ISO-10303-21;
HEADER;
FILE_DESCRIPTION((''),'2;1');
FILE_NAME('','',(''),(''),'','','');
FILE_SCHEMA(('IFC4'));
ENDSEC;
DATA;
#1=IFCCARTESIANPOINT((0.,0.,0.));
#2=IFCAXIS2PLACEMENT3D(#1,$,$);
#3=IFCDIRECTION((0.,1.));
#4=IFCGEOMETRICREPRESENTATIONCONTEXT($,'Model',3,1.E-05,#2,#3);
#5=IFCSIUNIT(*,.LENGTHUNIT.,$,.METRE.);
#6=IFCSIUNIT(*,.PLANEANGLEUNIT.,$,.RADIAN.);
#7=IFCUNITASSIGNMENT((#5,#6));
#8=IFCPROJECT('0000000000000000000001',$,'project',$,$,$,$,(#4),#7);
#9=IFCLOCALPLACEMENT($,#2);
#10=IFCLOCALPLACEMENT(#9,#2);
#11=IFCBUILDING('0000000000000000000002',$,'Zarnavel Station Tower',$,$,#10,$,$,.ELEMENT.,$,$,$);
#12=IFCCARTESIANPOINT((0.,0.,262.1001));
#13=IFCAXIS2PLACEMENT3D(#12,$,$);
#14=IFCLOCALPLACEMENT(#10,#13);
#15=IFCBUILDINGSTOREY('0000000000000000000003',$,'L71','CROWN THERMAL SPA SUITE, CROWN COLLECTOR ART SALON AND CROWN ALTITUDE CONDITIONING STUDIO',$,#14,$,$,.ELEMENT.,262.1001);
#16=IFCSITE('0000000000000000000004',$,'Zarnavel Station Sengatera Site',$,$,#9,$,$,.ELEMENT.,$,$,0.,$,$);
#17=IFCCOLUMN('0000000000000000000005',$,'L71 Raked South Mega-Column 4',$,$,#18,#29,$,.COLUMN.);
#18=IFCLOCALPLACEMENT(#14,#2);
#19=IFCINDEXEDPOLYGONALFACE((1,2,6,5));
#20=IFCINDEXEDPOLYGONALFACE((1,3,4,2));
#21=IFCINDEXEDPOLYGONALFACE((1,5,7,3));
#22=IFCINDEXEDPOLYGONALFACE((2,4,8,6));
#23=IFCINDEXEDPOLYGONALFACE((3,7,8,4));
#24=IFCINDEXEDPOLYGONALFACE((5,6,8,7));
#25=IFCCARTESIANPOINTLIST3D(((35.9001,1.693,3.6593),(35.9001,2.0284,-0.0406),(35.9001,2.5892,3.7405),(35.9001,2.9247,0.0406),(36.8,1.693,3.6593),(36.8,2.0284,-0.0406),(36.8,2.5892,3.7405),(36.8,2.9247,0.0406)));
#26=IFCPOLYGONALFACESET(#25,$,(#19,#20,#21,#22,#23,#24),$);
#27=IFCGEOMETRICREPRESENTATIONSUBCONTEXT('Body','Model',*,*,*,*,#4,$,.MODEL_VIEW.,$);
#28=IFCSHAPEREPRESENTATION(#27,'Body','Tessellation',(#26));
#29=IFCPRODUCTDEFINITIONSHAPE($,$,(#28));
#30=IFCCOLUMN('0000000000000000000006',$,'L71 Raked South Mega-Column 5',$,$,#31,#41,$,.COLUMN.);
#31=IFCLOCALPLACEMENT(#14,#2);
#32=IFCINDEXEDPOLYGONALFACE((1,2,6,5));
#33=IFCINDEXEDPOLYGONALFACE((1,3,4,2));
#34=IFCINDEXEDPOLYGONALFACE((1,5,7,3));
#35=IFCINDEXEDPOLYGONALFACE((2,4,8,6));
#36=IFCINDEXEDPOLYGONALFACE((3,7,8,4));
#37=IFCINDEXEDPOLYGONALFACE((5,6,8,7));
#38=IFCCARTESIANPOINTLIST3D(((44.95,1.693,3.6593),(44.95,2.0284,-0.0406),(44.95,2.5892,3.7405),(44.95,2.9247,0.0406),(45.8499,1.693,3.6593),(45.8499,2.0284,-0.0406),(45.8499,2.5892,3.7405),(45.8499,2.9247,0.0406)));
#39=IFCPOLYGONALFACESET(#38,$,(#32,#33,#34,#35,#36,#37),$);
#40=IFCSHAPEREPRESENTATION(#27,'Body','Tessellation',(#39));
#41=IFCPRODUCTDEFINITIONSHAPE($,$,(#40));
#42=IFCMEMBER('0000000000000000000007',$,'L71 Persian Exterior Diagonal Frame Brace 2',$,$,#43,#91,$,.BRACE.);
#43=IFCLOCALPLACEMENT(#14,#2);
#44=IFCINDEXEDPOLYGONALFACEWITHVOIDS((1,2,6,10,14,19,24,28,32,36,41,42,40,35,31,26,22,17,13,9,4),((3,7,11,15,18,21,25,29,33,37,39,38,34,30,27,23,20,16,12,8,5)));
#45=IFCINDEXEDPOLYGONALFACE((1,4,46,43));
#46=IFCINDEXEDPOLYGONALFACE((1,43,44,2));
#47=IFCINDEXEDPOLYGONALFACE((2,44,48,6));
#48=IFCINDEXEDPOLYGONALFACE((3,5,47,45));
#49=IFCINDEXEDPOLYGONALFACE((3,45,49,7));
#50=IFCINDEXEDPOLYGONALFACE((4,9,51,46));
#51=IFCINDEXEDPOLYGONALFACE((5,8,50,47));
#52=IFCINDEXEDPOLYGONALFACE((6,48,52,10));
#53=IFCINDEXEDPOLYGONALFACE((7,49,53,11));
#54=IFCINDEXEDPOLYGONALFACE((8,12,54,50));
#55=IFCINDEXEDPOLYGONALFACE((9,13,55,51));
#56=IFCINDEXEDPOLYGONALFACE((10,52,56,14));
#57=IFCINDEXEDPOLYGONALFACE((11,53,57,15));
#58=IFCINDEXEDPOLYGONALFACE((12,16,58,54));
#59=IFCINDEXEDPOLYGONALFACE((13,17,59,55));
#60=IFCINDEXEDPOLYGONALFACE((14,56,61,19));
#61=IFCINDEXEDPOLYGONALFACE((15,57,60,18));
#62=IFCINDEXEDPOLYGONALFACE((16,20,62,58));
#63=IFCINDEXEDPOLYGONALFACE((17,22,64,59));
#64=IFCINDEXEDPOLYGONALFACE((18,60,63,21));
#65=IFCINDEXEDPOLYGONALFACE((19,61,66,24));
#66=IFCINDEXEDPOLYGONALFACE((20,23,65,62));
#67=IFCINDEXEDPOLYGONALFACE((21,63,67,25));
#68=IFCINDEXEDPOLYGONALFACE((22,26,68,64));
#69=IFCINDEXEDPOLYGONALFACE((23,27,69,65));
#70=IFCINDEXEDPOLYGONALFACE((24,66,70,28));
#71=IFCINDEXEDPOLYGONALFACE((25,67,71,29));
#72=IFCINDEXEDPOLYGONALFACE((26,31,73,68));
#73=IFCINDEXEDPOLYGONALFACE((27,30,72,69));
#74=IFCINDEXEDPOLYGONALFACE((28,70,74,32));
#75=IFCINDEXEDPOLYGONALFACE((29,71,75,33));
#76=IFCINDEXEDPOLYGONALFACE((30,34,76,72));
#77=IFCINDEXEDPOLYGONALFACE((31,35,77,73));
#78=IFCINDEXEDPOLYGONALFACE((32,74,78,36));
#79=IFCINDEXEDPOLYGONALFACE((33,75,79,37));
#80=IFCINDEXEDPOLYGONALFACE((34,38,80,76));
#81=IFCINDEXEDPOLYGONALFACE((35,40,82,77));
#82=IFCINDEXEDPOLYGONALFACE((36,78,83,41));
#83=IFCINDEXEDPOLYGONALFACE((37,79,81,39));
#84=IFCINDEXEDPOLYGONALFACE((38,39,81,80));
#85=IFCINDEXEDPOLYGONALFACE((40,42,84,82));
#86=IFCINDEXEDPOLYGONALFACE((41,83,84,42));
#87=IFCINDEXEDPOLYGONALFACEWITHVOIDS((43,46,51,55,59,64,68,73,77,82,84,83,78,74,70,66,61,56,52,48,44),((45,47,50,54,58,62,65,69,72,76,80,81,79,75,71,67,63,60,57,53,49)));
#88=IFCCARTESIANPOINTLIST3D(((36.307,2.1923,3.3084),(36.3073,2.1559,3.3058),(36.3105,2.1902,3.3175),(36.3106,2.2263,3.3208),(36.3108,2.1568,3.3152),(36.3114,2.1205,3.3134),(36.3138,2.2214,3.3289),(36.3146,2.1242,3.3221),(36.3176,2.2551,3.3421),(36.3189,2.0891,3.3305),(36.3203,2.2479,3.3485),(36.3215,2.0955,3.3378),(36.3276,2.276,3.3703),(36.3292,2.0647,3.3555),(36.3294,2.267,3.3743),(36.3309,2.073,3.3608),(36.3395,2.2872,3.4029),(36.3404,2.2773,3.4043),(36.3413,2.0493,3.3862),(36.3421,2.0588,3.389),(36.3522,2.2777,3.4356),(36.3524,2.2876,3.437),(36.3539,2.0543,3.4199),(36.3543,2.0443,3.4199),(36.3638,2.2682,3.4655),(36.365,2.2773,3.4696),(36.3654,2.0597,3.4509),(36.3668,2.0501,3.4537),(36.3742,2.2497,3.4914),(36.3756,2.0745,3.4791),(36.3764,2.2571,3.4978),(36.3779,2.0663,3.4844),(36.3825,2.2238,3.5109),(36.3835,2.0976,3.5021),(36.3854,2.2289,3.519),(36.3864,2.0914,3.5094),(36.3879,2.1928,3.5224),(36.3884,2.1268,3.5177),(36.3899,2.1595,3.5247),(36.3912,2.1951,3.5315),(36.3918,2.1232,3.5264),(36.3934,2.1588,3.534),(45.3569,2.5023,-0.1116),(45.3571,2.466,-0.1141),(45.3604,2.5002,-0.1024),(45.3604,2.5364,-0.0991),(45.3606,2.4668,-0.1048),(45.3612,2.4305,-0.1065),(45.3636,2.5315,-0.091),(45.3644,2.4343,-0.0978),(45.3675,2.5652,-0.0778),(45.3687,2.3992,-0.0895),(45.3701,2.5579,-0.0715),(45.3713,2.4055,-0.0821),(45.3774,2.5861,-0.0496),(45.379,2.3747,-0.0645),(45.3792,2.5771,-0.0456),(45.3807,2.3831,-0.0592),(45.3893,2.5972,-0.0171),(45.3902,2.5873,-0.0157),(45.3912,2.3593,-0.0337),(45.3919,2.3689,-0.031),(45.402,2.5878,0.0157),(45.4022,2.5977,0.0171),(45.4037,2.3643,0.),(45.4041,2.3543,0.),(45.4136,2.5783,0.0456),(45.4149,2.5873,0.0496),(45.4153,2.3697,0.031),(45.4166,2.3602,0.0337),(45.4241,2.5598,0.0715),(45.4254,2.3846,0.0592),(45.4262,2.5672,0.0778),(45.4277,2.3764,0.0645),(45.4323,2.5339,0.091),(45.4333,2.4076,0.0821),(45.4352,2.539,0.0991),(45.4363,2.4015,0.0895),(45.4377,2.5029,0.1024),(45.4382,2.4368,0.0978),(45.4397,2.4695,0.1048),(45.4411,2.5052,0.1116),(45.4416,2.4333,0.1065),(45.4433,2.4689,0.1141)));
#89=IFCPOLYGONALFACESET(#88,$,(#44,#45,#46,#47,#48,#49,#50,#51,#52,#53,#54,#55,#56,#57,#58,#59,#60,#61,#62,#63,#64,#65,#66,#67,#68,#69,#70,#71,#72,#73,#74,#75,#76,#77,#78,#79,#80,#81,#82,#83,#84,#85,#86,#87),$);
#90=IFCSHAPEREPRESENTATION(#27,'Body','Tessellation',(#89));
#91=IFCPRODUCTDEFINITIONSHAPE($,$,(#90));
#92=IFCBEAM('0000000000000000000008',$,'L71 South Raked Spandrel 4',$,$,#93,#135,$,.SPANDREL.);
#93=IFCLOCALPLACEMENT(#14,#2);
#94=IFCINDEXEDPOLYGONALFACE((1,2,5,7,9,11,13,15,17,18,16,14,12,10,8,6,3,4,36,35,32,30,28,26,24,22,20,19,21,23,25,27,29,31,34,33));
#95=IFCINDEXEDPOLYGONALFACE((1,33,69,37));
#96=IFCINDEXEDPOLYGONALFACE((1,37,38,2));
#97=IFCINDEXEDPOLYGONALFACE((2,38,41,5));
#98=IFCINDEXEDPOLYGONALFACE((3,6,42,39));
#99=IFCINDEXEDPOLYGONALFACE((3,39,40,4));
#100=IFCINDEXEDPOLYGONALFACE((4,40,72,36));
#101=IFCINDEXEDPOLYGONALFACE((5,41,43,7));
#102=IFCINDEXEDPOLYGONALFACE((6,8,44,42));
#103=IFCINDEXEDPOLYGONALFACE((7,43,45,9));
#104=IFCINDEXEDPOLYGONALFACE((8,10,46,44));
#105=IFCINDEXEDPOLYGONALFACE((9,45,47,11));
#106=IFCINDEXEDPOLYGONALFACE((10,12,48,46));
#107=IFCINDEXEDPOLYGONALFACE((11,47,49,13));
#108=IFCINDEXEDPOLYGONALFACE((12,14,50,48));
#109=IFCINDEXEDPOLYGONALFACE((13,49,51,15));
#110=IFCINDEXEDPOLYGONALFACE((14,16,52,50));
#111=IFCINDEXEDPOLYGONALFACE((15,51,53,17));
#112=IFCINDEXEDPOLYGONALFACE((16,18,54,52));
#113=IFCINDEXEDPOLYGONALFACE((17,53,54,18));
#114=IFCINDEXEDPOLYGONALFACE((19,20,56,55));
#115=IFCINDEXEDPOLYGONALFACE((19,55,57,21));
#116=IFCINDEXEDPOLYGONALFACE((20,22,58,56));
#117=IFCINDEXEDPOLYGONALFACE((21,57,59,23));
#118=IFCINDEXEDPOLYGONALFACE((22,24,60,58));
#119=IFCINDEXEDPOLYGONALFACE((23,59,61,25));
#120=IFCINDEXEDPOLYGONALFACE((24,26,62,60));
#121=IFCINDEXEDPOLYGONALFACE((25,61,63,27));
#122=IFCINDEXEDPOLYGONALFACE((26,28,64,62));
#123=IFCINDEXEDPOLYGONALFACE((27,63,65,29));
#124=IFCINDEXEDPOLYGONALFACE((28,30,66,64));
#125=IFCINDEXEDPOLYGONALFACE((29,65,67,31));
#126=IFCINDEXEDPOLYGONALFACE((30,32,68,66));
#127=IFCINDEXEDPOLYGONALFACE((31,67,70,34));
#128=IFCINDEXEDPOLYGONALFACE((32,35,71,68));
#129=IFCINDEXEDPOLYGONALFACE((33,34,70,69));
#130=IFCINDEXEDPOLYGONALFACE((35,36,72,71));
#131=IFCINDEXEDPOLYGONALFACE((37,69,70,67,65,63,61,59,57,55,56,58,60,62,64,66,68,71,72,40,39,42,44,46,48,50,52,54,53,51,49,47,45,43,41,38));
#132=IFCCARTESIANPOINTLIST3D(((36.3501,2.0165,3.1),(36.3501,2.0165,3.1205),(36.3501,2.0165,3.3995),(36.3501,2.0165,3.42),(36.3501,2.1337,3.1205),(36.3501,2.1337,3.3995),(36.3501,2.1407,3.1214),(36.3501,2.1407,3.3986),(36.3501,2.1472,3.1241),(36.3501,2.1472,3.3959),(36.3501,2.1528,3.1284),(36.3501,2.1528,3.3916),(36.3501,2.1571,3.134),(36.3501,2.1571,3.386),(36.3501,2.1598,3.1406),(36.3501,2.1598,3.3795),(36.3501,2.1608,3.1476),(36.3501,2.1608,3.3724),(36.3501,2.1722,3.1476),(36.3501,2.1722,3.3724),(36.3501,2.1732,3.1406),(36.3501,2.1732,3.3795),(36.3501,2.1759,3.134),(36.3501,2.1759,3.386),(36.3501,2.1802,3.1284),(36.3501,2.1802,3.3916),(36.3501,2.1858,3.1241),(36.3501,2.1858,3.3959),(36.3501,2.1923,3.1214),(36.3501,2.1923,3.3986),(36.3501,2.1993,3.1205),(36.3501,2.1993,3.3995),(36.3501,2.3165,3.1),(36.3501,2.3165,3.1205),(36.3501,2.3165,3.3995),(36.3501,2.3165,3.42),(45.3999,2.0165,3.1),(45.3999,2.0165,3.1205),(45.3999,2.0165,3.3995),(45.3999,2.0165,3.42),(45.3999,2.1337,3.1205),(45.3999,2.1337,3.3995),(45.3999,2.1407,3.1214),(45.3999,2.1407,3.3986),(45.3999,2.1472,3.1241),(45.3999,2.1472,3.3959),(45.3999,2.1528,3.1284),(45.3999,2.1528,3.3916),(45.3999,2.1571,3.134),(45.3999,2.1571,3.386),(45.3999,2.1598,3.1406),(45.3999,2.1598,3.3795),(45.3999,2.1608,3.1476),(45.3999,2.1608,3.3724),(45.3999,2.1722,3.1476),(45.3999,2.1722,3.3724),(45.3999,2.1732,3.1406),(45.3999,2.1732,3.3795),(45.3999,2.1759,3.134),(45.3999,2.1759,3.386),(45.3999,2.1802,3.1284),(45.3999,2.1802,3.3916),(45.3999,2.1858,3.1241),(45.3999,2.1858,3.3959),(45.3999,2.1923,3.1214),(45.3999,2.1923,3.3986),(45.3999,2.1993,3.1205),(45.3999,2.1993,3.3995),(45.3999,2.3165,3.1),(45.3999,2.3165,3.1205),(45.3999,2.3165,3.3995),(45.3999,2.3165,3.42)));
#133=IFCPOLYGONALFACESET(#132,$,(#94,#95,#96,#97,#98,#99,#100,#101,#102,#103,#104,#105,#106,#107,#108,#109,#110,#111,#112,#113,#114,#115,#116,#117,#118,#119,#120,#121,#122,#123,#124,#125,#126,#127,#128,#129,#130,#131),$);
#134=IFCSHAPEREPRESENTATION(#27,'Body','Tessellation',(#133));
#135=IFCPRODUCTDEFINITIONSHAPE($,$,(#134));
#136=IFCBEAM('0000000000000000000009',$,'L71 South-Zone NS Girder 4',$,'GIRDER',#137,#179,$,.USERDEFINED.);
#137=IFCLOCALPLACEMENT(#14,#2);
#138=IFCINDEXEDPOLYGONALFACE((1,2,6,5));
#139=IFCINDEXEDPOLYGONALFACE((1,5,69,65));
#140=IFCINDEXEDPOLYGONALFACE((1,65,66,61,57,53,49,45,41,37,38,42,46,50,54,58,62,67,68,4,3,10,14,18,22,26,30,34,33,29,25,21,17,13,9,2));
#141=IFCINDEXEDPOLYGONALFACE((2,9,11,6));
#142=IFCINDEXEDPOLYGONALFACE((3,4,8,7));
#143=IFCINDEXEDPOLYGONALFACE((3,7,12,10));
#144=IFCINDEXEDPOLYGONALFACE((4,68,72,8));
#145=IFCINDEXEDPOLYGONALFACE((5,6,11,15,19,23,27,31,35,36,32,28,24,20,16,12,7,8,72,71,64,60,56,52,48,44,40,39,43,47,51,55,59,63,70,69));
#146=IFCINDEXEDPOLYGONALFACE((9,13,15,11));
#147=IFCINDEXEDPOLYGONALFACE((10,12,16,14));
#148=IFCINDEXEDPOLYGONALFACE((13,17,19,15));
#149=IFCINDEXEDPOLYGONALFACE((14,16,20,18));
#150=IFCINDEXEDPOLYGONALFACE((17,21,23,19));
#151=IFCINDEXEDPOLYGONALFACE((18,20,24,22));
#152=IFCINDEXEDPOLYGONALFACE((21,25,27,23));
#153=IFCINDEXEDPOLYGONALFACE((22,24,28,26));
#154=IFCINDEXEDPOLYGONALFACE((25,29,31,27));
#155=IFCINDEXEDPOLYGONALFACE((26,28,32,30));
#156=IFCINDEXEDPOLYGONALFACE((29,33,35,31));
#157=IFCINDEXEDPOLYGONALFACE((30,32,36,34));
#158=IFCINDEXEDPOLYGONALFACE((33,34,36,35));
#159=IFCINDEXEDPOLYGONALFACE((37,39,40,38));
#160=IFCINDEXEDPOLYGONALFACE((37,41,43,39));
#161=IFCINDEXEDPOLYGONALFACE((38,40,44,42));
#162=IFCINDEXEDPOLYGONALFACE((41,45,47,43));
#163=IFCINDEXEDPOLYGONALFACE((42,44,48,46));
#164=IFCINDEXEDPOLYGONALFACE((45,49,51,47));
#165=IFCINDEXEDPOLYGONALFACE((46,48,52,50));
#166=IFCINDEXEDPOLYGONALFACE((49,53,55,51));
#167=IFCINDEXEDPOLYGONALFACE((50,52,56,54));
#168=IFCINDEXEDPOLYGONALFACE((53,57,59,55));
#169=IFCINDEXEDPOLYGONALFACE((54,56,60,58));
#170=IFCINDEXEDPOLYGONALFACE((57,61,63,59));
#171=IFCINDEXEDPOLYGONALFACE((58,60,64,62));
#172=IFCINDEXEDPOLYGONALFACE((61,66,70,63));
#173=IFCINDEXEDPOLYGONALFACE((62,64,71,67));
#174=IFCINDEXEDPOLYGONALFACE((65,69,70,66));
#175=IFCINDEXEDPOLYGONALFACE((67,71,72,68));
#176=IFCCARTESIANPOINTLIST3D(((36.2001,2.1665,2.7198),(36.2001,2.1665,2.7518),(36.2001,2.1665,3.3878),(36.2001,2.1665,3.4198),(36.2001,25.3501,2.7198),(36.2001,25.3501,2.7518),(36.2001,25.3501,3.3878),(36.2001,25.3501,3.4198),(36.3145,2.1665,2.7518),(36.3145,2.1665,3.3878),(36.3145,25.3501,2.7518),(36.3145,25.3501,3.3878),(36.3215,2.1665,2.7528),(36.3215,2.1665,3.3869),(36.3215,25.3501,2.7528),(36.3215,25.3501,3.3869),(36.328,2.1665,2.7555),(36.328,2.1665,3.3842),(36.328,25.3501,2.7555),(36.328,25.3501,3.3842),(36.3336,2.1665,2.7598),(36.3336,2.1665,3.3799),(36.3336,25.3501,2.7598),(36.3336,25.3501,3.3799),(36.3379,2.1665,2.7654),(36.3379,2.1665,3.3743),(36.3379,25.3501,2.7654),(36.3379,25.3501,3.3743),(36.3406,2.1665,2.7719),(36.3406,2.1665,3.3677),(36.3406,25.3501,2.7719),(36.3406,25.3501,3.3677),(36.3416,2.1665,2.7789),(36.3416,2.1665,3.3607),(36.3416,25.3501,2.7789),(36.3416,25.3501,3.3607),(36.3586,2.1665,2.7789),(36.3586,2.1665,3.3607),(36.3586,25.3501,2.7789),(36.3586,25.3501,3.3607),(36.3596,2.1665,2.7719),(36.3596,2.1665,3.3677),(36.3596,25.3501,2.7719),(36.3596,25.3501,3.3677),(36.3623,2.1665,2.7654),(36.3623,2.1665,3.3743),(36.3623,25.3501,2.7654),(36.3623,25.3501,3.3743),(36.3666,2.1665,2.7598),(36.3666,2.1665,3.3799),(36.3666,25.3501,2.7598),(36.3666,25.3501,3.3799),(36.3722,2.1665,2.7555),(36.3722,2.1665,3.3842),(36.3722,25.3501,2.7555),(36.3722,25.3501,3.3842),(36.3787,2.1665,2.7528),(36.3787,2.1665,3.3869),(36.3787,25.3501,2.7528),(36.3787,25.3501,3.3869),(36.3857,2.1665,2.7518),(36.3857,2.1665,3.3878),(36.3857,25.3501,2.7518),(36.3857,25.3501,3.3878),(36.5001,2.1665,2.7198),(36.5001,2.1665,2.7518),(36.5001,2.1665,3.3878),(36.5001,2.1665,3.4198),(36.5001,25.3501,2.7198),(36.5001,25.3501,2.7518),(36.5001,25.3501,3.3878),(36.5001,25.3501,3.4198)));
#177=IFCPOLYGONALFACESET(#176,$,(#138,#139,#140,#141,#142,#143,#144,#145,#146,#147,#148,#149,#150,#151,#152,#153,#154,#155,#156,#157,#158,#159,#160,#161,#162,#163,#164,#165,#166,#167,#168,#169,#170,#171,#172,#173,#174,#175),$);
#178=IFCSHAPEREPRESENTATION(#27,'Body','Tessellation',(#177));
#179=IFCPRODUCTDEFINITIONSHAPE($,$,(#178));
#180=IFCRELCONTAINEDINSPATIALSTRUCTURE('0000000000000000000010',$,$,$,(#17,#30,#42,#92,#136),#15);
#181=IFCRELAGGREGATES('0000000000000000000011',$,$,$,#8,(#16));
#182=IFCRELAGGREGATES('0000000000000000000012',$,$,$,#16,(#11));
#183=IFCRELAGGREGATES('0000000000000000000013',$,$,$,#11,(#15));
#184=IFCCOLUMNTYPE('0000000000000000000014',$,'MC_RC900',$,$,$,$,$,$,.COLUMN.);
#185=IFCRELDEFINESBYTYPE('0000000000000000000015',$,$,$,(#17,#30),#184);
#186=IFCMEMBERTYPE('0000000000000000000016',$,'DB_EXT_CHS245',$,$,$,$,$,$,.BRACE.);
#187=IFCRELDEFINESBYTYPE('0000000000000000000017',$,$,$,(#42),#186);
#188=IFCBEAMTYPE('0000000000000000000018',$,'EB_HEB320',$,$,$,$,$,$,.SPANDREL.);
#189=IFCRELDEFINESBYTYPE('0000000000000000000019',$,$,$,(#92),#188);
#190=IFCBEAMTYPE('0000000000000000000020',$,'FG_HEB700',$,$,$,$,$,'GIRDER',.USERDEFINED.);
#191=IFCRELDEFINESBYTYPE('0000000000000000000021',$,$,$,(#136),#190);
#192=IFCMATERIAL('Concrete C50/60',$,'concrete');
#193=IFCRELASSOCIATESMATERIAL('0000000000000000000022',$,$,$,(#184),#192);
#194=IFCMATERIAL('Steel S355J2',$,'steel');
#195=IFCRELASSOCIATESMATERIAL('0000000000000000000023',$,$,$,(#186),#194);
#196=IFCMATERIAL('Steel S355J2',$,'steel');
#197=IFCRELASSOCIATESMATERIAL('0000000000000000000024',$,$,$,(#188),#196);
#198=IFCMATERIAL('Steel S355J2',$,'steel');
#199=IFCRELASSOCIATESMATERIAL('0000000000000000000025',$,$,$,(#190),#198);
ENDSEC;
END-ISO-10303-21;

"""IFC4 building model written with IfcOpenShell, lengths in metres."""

from ifc_helpers import new_model, si_unit, direction, frame, origin, origin_2d, place, context, subcontext, project, spatial, rectangle, hollow_circle, i_section, extrude, material, material_profile, profile_set, type_object, element, save


model = new_model("IFC4")

# Units and contexts
model_context = context("Model", 3, precision=1e-05, world=origin(), true_north=direction((0.0, 1.0)))
body_context = subcontext(model_context, "Body", "Model", "MODEL_VIEW")
ifc_project = project(units=[si_unit("LENGTHUNIT", "METRE"), si_unit("PLANEANGLEUNIT", "RADIAN")], contexts=[model_context])

# Site, building, storey
site_placement = place(None, origin())
site = spatial("IfcSite", under=ifc_project, at=site_placement, Name="Zarnavel Station Sengatera Site", CompositionType="ELEMENT", RefElevation=0.0)
building_placement = place(site_placement, origin())
building = spatial("IfcBuilding", under=site, at=building_placement, Name="Zarnavel Station Tower", CompositionType="ELEMENT")
storey_placement = place(building_placement, frame((0.0, 0.0, 262.1001)))
storey = spatial("IfcBuildingStorey", under=building, at=storey_placement, Name="L71", Description="CROWN THERMAL SPA SUITE, CROWN COLLECTOR ART SALON AND CROWN ALTITUDE CONDITIONING STUDIO", CompositionType="ELEMENT", Elevation=262.1001)

# Columns
ifc_material_1 = material(Name="Concrete C50/60", Category="concrete")
ifc_material_profile_1 = material_profile(ifc_material_1, rectangle(XDim=0.8999, YDim=0.8999, at=origin_2d()), Name="RC900x900")
ifc_profile_set_1 = profile_set([ifc_material_profile_1], Name="Concrete C50/60")
column_type = type_object("IfcColumnType", Name="MC_RC900", PredefinedType="COLUMN", material=ifc_profile_set_1)
for number, where, z_axis, x_axis, name in (
    (1, (36.3501, 2.4766, 0.0), (0.0, -0.090293, 0.995915), (1.0, 0.0, 0.0), "L71 Raked South Mega-Column 4"),
    (2, (45.3999, 2.4766, 0.0), (0.0, -0.090293, 0.995915), (1.0, 0.0, 0.0), "L71 Raked South Mega-Column 5"),
):
    element("IfcColumn", number, at=place(storey_placement, frame(where, z_axis=z_axis, x_axis=x_axis)), inside=storey, type_object=column_type, Name=name, PredefinedType="COLUMN", context=body_context, shape_type="SweptSolid", body=[
        extrude(rectangle(XDim=0.8999, YDim=0.8999, at=origin_2d()), origin(), (0.0, 0.0, 1.0), 3.7151),
    ])

# Member
ifc_material_2 = material(Name="Steel S355J2", Category="steel")
ifc_material_profile_2 = material_profile(ifc_material_2, hollow_circle(Radius=0.1223, WallThickness=0.01, at=origin_2d()), Name="CHS244.5x10")
ifc_profile_set_2 = profile_set([ifc_material_profile_2], Name="Steel S355J2")
member_type = type_object("IfcMemberType", Name="DB_EXT_CHS245", PredefinedType="BRACE", material=ifc_profile_set_2)
member_placement = place(storey_placement, frame((45.3999, 2.4766, 0.0), z_axis=(-0.934954, -0.032033, 0.353319), x_axis=(0.034241, -0.999414, 0.0)))
element("IfcMember", 3, at=member_placement, inside=storey, type_object=member_type, Name="L71 Persian Exterior Diagonal Frame Brace 2", PredefinedType="BRACE", context=body_context, shape_type="SweptSolid", body=[
    extrude(hollow_circle(Radius=0.1223, WallThickness=0.01, at=origin_2d()), origin(), (0.0, 0.0, 1.0), 9.6794),
])

# Beams
ifc_material_3 = material(Name="Steel S355J2", Category="steel")
ifc_material_profile_3 = material_profile(ifc_material_3, i_section(OverallWidth=0.3, OverallDepth=0.3201, WebThickness=0.0115, FlangeThickness=0.0205, FilletRadius=0.0271, at=origin_2d()), Name="HEB320")
ifc_profile_set_3 = profile_set([ifc_material_profile_3], Name="Steel S355J2")
beam_type_1 = type_object("IfcBeamType", Name="EB_HEB320", PredefinedType="SPANDREL", material=ifc_profile_set_3)
beam_placement = place(storey_placement, frame((36.3501, 2.1665, 3.26), z_axis=(1.0, 0.0, 0.0), x_axis=(0.0, 1.0, 0.0)))
element("IfcBeam", 4, at=beam_placement, inside=storey, type_object=beam_type_1, Name="L71 South Raked Spandrel 4", PredefinedType="SPANDREL", context=body_context, shape_type="SweptSolid", body=[
    extrude(i_section(OverallWidth=0.3, OverallDepth=0.3201, WebThickness=0.0115, FlangeThickness=0.0205, FilletRadius=0.0271, at=origin_2d()), origin(), (0.0, 0.0, 1.0), 9.0498),
])
ifc_material_4 = material(Name="Steel S355J2", Category="steel")
ifc_material_profile_4 = material_profile(ifc_material_4, i_section(OverallWidth=0.3, OverallDepth=0.7, WebThickness=0.0171, FlangeThickness=0.032, FilletRadius=0.0271, at=origin_2d()), Name="HEB700")
ifc_profile_set_4 = profile_set([ifc_material_profile_4], Name="Steel S355J2")
beam_type_2 = type_object("IfcBeamType", Name="FG_HEB700", ElementType="GIRDER", PredefinedType="USERDEFINED", material=ifc_profile_set_4)
for number, where, z_axis, x_axis, name in (
    (5, (36.3501, 2.1665, 3.0698), (0.0, 1.0, 0.0), (-1.0, 0.0, 0.0), "L71 South-Zone NS Girder 4"),
):
    element("IfcBeam", number, at=place(storey_placement, frame(where, z_axis=z_axis, x_axis=x_axis)), inside=storey, type_object=beam_type_2, Name=name, ObjectType="GIRDER", PredefinedType="USERDEFINED", context=body_context, shape_type="SweptSolid", body=[
        extrude(i_section(OverallWidth=0.3, OverallDepth=0.7, WebThickness=0.0171, FlangeThickness=0.032, FilletRadius=0.0271, at=origin_2d()), origin(), (0.0, 0.0, 1.0), 23.1836),
    ])

save(model, "model.ifc")
